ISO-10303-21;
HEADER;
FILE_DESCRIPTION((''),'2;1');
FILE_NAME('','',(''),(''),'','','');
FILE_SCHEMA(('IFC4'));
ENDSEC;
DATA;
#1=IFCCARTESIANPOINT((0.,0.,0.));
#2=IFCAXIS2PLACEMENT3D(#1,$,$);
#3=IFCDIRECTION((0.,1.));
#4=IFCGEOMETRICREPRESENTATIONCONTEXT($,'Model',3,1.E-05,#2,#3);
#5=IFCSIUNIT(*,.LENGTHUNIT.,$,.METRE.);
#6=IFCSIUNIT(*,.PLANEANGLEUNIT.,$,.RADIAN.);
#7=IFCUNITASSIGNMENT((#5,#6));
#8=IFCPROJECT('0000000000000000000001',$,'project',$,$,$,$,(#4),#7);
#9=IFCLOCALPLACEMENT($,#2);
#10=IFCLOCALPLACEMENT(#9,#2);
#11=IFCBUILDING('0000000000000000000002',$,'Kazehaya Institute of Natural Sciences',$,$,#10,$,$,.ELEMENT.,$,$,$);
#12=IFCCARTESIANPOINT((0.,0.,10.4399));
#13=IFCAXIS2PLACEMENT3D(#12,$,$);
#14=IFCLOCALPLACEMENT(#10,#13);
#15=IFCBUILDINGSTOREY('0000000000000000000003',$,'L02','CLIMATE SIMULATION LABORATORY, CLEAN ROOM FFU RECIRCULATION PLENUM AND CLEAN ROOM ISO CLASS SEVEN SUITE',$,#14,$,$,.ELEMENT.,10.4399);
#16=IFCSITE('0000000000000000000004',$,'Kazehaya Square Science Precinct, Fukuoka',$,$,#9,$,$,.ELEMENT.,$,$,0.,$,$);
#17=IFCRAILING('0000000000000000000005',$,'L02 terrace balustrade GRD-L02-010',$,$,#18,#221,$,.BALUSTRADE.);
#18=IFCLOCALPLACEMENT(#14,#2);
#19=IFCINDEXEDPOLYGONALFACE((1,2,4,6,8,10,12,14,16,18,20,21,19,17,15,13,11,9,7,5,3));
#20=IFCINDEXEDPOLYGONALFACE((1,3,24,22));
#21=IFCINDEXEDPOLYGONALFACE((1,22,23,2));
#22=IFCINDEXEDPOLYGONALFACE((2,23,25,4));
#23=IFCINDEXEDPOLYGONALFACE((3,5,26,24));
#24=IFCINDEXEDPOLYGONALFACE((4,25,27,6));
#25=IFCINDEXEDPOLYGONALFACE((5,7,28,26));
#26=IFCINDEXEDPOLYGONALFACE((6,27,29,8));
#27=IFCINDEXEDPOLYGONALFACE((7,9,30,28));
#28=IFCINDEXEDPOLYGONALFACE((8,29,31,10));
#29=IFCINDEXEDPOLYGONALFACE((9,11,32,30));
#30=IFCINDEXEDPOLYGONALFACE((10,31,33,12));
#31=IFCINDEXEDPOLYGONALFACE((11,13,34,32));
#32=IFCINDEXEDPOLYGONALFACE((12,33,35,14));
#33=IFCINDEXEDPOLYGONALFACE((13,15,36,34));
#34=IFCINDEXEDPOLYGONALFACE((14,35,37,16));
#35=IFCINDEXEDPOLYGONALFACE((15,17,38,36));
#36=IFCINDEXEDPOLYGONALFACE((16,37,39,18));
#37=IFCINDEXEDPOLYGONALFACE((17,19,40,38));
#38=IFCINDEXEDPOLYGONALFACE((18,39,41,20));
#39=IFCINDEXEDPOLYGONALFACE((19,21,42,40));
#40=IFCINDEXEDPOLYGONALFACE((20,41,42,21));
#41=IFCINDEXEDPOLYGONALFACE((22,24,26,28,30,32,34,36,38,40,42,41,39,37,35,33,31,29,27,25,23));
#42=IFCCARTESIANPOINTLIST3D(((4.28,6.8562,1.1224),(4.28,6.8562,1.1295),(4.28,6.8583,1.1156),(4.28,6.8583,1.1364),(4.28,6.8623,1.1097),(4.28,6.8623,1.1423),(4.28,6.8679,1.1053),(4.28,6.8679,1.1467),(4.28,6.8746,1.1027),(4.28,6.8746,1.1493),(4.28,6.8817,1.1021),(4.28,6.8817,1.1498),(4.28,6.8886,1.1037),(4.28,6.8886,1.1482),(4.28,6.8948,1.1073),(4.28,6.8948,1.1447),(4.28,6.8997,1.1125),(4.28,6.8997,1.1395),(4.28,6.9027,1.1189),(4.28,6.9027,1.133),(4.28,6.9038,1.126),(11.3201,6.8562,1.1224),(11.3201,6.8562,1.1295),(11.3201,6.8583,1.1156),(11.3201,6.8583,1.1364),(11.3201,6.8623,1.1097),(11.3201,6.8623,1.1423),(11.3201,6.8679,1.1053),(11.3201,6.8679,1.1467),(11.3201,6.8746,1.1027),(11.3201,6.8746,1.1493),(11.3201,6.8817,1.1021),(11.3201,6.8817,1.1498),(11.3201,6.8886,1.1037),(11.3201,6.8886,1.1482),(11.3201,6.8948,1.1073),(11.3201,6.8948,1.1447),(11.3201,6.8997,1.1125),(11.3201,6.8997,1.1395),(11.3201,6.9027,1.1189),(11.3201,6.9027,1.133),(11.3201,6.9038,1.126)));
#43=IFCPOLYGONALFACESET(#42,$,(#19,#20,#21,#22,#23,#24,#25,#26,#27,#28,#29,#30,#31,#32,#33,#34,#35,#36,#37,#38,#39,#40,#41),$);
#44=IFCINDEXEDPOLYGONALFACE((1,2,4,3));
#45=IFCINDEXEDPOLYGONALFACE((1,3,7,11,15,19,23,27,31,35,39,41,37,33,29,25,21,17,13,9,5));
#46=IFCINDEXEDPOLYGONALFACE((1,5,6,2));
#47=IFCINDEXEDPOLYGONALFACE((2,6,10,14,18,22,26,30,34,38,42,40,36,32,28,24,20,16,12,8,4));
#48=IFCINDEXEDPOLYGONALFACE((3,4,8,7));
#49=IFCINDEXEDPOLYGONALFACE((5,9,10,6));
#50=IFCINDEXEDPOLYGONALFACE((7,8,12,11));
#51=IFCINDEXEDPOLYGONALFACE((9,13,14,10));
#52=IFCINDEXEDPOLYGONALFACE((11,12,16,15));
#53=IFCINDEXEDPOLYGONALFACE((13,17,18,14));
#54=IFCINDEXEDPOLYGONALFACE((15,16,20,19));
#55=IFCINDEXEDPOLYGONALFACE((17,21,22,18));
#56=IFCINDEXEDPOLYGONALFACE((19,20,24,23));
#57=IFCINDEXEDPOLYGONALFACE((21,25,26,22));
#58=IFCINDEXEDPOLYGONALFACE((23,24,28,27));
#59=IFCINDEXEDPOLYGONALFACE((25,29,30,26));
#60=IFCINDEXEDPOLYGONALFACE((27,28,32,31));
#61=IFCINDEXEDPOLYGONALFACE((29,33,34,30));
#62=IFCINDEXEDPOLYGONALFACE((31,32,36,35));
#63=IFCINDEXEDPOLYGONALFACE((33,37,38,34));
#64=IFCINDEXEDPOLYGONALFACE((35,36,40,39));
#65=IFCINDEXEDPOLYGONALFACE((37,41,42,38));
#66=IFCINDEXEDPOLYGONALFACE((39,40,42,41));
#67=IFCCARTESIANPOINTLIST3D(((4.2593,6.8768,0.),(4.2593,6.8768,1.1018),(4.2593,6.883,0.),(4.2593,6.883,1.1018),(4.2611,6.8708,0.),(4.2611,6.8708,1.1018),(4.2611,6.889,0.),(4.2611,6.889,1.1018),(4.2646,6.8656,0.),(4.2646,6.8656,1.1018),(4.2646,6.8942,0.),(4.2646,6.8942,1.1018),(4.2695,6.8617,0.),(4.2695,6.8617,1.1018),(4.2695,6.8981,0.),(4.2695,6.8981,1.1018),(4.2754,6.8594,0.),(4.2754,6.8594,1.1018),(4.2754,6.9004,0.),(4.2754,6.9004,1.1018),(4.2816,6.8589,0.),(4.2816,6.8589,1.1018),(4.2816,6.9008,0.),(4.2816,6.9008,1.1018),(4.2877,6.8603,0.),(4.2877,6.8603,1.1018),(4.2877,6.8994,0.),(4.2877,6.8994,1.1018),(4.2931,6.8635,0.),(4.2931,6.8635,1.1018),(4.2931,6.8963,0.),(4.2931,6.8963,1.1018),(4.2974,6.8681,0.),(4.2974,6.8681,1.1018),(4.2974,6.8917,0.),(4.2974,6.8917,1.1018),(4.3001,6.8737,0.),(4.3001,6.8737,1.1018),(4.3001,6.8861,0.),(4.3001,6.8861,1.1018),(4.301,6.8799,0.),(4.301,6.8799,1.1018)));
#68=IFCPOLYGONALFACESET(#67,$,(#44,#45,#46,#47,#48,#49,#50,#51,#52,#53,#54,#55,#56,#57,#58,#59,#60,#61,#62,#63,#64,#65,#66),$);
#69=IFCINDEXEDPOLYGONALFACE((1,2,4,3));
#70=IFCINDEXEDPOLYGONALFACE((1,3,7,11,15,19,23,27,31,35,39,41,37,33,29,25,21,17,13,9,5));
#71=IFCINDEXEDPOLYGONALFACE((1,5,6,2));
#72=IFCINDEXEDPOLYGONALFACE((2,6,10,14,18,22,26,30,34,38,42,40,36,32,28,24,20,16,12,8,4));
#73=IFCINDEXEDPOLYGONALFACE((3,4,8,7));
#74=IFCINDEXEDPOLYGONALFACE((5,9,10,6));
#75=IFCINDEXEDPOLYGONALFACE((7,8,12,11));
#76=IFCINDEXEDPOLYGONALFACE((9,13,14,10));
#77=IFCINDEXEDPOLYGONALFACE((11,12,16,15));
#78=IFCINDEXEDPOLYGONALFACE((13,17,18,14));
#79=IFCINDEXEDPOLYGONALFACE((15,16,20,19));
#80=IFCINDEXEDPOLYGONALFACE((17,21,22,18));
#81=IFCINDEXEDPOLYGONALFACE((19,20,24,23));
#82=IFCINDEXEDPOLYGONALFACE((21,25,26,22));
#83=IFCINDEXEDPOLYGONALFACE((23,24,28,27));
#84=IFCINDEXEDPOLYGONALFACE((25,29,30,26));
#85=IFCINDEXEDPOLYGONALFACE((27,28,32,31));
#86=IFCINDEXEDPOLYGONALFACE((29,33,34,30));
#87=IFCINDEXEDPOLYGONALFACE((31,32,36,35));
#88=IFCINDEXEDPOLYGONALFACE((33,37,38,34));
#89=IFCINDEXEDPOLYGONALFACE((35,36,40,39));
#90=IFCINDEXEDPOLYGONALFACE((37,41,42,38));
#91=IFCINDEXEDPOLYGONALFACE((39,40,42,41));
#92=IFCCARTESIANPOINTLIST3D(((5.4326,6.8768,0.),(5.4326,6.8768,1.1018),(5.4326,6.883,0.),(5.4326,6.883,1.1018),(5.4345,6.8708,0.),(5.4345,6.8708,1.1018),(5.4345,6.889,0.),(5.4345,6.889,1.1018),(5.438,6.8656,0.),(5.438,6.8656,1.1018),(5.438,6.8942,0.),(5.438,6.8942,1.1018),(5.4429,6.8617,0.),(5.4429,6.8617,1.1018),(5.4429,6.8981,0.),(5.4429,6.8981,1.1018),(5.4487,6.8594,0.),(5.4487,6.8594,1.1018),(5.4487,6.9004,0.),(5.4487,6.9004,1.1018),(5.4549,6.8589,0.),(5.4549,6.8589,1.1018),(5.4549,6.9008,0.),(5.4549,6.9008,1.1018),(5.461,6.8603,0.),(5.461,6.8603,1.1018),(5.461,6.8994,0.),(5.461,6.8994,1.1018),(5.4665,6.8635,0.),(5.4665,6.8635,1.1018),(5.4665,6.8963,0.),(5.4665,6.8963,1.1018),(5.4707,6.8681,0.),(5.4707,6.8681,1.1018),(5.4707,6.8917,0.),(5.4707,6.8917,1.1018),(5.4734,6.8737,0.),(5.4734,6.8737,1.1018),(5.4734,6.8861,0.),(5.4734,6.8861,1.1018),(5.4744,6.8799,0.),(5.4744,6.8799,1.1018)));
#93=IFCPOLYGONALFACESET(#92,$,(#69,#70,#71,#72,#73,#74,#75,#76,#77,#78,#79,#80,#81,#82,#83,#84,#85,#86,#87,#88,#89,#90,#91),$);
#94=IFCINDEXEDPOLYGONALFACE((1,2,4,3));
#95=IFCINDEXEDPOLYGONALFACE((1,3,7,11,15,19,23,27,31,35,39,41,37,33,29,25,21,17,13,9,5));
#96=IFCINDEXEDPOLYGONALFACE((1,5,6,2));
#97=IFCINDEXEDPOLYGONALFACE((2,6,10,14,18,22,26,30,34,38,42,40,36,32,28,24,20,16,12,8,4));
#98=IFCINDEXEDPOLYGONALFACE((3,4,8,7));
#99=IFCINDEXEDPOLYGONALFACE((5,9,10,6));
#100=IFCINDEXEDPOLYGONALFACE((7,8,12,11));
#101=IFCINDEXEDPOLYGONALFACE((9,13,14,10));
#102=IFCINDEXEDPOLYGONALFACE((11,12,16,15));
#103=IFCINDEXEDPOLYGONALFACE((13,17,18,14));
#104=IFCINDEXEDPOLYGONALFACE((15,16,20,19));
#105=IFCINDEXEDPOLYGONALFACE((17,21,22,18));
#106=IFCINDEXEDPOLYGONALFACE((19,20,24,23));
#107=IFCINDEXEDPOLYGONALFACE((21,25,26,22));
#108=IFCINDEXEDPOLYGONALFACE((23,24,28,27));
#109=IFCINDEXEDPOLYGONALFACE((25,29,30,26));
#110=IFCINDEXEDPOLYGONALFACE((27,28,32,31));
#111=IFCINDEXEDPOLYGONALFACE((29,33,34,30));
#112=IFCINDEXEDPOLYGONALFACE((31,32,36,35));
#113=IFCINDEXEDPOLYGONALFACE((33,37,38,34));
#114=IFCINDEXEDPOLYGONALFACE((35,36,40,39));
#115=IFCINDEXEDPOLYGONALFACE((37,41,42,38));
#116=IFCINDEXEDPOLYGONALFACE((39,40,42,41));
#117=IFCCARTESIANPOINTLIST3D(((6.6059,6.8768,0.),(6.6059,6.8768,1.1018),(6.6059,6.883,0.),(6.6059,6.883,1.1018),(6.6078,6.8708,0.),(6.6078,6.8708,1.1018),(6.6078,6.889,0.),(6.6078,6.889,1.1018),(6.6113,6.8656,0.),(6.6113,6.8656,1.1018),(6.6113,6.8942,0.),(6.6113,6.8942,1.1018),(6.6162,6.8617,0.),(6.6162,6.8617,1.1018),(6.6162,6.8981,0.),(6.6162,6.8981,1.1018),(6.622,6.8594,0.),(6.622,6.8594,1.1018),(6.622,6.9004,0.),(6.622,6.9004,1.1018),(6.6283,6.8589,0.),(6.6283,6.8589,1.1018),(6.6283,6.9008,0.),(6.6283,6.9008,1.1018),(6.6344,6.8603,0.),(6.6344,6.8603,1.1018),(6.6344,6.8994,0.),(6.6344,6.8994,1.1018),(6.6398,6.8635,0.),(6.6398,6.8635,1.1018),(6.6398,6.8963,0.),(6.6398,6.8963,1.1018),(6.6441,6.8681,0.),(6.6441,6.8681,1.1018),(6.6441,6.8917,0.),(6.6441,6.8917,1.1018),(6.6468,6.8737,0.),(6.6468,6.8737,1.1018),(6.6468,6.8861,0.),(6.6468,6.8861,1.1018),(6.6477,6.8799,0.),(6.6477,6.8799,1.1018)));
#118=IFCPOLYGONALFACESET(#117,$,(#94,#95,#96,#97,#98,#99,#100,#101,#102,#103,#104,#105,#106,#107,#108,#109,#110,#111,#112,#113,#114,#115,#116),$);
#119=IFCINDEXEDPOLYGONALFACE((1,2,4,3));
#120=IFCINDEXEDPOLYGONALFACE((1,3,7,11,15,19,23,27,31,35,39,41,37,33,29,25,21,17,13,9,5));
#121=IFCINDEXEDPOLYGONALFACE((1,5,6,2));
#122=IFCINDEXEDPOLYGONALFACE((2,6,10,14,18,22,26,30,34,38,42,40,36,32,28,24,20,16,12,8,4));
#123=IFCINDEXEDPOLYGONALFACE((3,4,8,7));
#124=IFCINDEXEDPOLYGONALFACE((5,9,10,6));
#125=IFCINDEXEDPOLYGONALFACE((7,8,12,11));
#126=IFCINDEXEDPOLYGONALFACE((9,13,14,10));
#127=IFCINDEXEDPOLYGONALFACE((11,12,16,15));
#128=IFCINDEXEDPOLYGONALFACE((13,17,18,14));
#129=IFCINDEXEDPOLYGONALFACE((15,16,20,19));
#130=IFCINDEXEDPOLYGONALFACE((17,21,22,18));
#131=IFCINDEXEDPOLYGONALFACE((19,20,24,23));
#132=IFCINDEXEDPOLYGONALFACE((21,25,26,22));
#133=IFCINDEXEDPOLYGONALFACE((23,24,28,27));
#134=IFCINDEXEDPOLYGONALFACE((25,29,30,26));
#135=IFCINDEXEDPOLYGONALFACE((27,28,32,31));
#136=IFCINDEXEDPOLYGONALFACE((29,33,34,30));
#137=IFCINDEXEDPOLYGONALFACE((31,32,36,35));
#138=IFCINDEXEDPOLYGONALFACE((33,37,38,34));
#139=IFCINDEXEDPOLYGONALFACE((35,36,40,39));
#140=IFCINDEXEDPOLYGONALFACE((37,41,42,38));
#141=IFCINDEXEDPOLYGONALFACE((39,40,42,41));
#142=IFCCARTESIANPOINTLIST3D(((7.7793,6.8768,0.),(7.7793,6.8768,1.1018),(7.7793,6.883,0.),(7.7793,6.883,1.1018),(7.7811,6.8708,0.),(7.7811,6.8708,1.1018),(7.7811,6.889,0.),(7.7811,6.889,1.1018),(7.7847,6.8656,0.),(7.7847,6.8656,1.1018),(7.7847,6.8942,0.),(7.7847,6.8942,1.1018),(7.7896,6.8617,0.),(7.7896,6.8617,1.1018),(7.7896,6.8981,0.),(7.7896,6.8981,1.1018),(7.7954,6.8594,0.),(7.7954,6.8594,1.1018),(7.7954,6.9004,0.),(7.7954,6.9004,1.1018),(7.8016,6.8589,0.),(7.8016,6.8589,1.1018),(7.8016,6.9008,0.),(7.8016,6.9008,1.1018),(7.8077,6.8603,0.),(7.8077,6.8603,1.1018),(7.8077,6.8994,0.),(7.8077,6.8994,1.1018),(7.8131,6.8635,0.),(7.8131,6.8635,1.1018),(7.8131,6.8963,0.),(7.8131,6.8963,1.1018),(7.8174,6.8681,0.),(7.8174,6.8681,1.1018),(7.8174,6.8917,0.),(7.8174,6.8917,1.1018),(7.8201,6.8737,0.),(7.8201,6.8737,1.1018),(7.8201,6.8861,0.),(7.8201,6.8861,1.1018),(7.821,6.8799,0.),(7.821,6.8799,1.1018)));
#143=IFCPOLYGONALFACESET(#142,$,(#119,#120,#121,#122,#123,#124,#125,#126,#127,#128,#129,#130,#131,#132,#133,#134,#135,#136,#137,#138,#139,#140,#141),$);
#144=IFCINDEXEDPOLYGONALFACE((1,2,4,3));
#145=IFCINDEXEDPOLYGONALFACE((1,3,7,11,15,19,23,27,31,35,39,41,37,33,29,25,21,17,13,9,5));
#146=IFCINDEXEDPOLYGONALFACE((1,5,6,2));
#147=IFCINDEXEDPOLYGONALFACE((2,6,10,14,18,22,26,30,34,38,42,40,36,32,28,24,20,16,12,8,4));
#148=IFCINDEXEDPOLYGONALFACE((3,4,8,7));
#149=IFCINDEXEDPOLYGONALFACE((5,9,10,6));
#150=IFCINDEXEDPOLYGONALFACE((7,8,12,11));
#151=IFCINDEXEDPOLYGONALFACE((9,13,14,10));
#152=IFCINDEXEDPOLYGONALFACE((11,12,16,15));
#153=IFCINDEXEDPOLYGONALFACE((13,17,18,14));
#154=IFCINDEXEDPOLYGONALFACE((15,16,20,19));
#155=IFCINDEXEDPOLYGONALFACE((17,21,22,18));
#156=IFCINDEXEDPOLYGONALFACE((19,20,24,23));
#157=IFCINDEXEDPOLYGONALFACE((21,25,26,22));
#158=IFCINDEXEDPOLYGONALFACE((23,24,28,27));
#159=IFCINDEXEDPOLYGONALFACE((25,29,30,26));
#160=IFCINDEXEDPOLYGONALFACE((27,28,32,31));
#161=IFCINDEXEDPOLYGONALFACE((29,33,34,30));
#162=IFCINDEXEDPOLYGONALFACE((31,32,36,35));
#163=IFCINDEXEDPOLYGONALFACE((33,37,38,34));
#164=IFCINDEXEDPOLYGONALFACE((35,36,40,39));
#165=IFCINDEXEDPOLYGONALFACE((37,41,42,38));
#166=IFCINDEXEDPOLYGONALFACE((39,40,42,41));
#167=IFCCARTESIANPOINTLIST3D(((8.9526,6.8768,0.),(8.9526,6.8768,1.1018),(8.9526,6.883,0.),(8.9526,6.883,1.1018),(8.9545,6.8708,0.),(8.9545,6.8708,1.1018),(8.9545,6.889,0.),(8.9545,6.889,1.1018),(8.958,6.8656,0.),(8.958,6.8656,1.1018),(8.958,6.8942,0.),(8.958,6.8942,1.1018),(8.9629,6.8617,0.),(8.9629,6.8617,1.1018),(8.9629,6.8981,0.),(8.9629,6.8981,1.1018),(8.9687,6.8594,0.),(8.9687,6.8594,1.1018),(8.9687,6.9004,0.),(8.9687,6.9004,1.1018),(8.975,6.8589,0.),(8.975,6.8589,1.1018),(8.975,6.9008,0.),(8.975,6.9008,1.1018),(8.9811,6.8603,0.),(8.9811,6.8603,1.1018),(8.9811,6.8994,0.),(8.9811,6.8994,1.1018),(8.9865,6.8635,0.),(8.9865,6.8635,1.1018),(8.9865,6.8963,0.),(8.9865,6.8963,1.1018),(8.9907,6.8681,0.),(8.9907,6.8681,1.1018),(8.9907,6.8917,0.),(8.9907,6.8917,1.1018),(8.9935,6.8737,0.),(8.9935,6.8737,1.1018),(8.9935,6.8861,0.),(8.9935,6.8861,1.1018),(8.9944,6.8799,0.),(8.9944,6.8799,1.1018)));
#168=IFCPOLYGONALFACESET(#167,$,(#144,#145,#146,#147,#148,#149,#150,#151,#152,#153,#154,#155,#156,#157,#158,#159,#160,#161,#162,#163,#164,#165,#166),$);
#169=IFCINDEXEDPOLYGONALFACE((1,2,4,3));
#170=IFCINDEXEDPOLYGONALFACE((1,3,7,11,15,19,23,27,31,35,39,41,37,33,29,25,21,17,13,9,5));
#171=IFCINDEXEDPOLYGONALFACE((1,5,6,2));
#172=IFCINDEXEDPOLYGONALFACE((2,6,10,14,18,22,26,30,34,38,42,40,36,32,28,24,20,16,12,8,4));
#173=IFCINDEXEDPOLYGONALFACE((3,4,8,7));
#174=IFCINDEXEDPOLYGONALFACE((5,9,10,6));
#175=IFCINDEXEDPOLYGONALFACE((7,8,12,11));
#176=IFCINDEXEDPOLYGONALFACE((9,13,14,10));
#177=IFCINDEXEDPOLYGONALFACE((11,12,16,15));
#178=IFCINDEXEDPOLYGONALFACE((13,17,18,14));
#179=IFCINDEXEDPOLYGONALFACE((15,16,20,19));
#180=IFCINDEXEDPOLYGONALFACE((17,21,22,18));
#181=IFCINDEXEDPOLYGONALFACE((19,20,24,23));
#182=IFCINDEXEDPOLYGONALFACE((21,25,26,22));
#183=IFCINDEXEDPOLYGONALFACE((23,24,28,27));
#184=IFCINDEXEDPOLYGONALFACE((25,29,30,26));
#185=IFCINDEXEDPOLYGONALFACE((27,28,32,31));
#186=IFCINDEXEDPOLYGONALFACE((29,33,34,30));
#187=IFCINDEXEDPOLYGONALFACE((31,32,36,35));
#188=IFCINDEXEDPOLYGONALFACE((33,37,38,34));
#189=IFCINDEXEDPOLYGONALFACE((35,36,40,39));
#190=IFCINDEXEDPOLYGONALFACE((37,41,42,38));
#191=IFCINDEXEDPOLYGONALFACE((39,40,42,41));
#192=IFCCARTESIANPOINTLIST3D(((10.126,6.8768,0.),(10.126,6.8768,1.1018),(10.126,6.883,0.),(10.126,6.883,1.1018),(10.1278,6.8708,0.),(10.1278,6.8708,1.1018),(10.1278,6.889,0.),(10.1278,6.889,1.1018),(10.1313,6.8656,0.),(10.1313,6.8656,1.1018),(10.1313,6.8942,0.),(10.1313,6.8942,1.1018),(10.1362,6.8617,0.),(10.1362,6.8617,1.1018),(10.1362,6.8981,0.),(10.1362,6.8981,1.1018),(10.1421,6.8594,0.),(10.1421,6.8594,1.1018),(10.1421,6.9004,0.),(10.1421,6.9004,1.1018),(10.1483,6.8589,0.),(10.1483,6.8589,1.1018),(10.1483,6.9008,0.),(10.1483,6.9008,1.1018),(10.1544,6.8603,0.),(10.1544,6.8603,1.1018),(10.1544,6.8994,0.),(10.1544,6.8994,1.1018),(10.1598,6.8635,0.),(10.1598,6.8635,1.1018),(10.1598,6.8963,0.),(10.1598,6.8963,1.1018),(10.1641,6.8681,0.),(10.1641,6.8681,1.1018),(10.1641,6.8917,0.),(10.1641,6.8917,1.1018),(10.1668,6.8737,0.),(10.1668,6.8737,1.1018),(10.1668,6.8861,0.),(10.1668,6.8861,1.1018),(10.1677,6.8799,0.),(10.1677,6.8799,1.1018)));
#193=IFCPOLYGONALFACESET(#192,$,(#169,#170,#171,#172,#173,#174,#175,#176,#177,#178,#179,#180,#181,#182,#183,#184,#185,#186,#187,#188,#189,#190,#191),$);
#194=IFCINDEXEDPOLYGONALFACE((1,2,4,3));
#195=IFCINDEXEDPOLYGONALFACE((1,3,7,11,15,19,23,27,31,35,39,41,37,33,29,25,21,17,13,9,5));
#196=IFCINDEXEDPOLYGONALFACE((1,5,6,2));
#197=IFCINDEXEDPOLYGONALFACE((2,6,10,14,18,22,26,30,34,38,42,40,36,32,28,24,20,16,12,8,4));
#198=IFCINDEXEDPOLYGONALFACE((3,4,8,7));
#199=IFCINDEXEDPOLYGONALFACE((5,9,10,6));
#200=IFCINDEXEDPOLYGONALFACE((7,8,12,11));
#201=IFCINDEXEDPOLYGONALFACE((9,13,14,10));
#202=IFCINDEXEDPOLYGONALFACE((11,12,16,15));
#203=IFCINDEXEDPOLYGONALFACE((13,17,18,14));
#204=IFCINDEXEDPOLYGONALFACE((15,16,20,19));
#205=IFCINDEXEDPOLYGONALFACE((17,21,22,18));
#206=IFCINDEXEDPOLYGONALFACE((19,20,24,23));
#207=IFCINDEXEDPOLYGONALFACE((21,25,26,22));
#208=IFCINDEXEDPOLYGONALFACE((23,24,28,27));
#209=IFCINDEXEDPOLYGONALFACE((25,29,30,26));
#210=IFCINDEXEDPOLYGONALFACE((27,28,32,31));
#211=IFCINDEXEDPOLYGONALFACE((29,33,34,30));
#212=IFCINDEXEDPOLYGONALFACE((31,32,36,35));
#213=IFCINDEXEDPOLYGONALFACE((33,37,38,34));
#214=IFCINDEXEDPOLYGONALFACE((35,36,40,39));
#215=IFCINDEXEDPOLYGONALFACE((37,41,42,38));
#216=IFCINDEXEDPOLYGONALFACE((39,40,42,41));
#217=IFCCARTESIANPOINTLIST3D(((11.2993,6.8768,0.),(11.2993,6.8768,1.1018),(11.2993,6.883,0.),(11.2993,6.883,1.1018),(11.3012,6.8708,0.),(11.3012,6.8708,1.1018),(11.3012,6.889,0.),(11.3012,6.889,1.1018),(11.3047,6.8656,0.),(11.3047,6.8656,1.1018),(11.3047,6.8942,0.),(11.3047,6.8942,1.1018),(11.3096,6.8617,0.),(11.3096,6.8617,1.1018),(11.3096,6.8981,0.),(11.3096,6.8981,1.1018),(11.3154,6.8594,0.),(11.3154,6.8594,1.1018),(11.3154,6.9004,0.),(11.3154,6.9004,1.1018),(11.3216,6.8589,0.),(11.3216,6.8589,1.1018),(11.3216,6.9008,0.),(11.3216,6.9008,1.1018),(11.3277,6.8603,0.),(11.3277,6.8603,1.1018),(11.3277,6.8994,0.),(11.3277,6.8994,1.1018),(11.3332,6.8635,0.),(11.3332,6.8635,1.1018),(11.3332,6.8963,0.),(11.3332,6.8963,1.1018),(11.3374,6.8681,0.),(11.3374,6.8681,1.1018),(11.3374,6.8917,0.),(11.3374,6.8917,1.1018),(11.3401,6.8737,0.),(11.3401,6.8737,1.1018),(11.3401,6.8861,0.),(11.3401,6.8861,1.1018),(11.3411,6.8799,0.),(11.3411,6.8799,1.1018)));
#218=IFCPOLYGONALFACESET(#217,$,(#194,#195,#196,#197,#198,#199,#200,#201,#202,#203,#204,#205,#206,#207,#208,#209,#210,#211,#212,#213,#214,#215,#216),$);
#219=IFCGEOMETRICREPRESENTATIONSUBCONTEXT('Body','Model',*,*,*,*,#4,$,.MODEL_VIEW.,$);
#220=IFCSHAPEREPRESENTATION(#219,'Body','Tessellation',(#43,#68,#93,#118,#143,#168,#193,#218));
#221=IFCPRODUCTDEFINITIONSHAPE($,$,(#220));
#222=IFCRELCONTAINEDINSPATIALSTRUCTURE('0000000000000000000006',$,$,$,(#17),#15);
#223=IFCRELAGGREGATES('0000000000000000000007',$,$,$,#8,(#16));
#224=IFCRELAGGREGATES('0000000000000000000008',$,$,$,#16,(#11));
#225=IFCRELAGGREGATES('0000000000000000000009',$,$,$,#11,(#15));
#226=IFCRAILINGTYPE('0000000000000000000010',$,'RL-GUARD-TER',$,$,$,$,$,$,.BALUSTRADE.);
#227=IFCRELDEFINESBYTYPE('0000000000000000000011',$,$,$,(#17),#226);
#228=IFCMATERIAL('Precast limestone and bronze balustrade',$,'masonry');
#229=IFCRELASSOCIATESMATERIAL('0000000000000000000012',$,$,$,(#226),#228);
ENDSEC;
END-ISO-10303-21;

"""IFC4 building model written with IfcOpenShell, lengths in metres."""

from ifc_helpers import new_model, si_unit, direction, frame, origin, origin_2d, place, context, subcontext, project, spatial, circle, extrude, material, type_object, element, save


model = new_model("IFC4")

# Units and contexts
model_context = context("Model", 3, precision=1e-05, world=origin(), true_north=direction((0.0, 1.0)))
body_context = subcontext(model_context, "Body", "Model", "MODEL_VIEW")
ifc_project = project(units=[si_unit("LENGTHUNIT", "METRE"), si_unit("PLANEANGLEUNIT", "RADIAN")], contexts=[model_context])

# Site, building, storey
site_placement = place(None, origin())
site = spatial("IfcSite", under=ifc_project, at=site_placement, Name="Kazehaya Square Science Precinct, Fukuoka", CompositionType="ELEMENT", RefElevation=0.0)
building_placement = place(site_placement, origin())
building = spatial("IfcBuilding", under=site, at=building_placement, Name="Kazehaya Institute of Natural Sciences", CompositionType="ELEMENT")
storey_placement = place(building_placement, frame((0.0, 0.0, 10.4399)))
storey = spatial("IfcBuildingStorey", under=building, at=storey_placement, Name="L02", Description="CLIMATE SIMULATION LABORATORY, CLEAN ROOM FFU RECIRCULATION PLENUM AND CLEAN ROOM ISO CLASS SEVEN SUITE", CompositionType="ELEMENT", Elevation=10.4399)

# Railing
ifc_material_1 = material(Name="Precast limestone and bronze balustrade", Category="masonry")
railing_type = type_object("IfcRailingType", Name="RL-GUARD-TER", PredefinedType="BALUSTRADE", material=ifc_material_1)
railing_placement = place(storey_placement, frame((4.28, 6.8799, 0.0)))
element("IfcRailing", 1, at=railing_placement, inside=storey, type_object=railing_type, Name="L02 terrace balustrade GRD-L02-010", PredefinedType="BALUSTRADE", context=body_context, shape_type="SweptSolid", body=[
    extrude(circle(Radius=0.0239, at=origin_2d()), frame((0.0, 0.0, 1.126), z_axis=(1.0, 0.0, 0.0), x_axis=(0.0, 1.0, 0.0)), (0.0, 0.0, 1.0), 7.04),
    extrude(circle(Radius=0.021, at=origin_2d()), origin(), (0.0, 0.0, 1.0), 1.1018),
    extrude(circle(Radius=0.021, at=origin_2d()), frame((1.1733, 0.0, 0.0)), (0.0, 0.0, 1.0), 1.1018),
    extrude(circle(Radius=0.021, at=origin_2d()), frame((2.3467, 0.0, 0.0)), (0.0, 0.0, 1.0), 1.1018),
    extrude(circle(Radius=0.021, at=origin_2d()), frame((3.52, 0.0, 0.0)), (0.0, 0.0, 1.0), 1.1018),
    extrude(circle(Radius=0.021, at=origin_2d()), frame((4.6934, 0.0, 0.0)), (0.0, 0.0, 1.0), 1.1018),
    extrude(circle(Radius=0.021, at=origin_2d()), frame((5.8667, 0.0, 0.0)), (0.0, 0.0, 1.0), 1.1018),
    extrude(circle(Radius=0.021, at=origin_2d()), frame((7.04, 0.0, 0.0)), (0.0, 0.0, 1.0), 1.1018),
])

save(model, "model.ifc")
